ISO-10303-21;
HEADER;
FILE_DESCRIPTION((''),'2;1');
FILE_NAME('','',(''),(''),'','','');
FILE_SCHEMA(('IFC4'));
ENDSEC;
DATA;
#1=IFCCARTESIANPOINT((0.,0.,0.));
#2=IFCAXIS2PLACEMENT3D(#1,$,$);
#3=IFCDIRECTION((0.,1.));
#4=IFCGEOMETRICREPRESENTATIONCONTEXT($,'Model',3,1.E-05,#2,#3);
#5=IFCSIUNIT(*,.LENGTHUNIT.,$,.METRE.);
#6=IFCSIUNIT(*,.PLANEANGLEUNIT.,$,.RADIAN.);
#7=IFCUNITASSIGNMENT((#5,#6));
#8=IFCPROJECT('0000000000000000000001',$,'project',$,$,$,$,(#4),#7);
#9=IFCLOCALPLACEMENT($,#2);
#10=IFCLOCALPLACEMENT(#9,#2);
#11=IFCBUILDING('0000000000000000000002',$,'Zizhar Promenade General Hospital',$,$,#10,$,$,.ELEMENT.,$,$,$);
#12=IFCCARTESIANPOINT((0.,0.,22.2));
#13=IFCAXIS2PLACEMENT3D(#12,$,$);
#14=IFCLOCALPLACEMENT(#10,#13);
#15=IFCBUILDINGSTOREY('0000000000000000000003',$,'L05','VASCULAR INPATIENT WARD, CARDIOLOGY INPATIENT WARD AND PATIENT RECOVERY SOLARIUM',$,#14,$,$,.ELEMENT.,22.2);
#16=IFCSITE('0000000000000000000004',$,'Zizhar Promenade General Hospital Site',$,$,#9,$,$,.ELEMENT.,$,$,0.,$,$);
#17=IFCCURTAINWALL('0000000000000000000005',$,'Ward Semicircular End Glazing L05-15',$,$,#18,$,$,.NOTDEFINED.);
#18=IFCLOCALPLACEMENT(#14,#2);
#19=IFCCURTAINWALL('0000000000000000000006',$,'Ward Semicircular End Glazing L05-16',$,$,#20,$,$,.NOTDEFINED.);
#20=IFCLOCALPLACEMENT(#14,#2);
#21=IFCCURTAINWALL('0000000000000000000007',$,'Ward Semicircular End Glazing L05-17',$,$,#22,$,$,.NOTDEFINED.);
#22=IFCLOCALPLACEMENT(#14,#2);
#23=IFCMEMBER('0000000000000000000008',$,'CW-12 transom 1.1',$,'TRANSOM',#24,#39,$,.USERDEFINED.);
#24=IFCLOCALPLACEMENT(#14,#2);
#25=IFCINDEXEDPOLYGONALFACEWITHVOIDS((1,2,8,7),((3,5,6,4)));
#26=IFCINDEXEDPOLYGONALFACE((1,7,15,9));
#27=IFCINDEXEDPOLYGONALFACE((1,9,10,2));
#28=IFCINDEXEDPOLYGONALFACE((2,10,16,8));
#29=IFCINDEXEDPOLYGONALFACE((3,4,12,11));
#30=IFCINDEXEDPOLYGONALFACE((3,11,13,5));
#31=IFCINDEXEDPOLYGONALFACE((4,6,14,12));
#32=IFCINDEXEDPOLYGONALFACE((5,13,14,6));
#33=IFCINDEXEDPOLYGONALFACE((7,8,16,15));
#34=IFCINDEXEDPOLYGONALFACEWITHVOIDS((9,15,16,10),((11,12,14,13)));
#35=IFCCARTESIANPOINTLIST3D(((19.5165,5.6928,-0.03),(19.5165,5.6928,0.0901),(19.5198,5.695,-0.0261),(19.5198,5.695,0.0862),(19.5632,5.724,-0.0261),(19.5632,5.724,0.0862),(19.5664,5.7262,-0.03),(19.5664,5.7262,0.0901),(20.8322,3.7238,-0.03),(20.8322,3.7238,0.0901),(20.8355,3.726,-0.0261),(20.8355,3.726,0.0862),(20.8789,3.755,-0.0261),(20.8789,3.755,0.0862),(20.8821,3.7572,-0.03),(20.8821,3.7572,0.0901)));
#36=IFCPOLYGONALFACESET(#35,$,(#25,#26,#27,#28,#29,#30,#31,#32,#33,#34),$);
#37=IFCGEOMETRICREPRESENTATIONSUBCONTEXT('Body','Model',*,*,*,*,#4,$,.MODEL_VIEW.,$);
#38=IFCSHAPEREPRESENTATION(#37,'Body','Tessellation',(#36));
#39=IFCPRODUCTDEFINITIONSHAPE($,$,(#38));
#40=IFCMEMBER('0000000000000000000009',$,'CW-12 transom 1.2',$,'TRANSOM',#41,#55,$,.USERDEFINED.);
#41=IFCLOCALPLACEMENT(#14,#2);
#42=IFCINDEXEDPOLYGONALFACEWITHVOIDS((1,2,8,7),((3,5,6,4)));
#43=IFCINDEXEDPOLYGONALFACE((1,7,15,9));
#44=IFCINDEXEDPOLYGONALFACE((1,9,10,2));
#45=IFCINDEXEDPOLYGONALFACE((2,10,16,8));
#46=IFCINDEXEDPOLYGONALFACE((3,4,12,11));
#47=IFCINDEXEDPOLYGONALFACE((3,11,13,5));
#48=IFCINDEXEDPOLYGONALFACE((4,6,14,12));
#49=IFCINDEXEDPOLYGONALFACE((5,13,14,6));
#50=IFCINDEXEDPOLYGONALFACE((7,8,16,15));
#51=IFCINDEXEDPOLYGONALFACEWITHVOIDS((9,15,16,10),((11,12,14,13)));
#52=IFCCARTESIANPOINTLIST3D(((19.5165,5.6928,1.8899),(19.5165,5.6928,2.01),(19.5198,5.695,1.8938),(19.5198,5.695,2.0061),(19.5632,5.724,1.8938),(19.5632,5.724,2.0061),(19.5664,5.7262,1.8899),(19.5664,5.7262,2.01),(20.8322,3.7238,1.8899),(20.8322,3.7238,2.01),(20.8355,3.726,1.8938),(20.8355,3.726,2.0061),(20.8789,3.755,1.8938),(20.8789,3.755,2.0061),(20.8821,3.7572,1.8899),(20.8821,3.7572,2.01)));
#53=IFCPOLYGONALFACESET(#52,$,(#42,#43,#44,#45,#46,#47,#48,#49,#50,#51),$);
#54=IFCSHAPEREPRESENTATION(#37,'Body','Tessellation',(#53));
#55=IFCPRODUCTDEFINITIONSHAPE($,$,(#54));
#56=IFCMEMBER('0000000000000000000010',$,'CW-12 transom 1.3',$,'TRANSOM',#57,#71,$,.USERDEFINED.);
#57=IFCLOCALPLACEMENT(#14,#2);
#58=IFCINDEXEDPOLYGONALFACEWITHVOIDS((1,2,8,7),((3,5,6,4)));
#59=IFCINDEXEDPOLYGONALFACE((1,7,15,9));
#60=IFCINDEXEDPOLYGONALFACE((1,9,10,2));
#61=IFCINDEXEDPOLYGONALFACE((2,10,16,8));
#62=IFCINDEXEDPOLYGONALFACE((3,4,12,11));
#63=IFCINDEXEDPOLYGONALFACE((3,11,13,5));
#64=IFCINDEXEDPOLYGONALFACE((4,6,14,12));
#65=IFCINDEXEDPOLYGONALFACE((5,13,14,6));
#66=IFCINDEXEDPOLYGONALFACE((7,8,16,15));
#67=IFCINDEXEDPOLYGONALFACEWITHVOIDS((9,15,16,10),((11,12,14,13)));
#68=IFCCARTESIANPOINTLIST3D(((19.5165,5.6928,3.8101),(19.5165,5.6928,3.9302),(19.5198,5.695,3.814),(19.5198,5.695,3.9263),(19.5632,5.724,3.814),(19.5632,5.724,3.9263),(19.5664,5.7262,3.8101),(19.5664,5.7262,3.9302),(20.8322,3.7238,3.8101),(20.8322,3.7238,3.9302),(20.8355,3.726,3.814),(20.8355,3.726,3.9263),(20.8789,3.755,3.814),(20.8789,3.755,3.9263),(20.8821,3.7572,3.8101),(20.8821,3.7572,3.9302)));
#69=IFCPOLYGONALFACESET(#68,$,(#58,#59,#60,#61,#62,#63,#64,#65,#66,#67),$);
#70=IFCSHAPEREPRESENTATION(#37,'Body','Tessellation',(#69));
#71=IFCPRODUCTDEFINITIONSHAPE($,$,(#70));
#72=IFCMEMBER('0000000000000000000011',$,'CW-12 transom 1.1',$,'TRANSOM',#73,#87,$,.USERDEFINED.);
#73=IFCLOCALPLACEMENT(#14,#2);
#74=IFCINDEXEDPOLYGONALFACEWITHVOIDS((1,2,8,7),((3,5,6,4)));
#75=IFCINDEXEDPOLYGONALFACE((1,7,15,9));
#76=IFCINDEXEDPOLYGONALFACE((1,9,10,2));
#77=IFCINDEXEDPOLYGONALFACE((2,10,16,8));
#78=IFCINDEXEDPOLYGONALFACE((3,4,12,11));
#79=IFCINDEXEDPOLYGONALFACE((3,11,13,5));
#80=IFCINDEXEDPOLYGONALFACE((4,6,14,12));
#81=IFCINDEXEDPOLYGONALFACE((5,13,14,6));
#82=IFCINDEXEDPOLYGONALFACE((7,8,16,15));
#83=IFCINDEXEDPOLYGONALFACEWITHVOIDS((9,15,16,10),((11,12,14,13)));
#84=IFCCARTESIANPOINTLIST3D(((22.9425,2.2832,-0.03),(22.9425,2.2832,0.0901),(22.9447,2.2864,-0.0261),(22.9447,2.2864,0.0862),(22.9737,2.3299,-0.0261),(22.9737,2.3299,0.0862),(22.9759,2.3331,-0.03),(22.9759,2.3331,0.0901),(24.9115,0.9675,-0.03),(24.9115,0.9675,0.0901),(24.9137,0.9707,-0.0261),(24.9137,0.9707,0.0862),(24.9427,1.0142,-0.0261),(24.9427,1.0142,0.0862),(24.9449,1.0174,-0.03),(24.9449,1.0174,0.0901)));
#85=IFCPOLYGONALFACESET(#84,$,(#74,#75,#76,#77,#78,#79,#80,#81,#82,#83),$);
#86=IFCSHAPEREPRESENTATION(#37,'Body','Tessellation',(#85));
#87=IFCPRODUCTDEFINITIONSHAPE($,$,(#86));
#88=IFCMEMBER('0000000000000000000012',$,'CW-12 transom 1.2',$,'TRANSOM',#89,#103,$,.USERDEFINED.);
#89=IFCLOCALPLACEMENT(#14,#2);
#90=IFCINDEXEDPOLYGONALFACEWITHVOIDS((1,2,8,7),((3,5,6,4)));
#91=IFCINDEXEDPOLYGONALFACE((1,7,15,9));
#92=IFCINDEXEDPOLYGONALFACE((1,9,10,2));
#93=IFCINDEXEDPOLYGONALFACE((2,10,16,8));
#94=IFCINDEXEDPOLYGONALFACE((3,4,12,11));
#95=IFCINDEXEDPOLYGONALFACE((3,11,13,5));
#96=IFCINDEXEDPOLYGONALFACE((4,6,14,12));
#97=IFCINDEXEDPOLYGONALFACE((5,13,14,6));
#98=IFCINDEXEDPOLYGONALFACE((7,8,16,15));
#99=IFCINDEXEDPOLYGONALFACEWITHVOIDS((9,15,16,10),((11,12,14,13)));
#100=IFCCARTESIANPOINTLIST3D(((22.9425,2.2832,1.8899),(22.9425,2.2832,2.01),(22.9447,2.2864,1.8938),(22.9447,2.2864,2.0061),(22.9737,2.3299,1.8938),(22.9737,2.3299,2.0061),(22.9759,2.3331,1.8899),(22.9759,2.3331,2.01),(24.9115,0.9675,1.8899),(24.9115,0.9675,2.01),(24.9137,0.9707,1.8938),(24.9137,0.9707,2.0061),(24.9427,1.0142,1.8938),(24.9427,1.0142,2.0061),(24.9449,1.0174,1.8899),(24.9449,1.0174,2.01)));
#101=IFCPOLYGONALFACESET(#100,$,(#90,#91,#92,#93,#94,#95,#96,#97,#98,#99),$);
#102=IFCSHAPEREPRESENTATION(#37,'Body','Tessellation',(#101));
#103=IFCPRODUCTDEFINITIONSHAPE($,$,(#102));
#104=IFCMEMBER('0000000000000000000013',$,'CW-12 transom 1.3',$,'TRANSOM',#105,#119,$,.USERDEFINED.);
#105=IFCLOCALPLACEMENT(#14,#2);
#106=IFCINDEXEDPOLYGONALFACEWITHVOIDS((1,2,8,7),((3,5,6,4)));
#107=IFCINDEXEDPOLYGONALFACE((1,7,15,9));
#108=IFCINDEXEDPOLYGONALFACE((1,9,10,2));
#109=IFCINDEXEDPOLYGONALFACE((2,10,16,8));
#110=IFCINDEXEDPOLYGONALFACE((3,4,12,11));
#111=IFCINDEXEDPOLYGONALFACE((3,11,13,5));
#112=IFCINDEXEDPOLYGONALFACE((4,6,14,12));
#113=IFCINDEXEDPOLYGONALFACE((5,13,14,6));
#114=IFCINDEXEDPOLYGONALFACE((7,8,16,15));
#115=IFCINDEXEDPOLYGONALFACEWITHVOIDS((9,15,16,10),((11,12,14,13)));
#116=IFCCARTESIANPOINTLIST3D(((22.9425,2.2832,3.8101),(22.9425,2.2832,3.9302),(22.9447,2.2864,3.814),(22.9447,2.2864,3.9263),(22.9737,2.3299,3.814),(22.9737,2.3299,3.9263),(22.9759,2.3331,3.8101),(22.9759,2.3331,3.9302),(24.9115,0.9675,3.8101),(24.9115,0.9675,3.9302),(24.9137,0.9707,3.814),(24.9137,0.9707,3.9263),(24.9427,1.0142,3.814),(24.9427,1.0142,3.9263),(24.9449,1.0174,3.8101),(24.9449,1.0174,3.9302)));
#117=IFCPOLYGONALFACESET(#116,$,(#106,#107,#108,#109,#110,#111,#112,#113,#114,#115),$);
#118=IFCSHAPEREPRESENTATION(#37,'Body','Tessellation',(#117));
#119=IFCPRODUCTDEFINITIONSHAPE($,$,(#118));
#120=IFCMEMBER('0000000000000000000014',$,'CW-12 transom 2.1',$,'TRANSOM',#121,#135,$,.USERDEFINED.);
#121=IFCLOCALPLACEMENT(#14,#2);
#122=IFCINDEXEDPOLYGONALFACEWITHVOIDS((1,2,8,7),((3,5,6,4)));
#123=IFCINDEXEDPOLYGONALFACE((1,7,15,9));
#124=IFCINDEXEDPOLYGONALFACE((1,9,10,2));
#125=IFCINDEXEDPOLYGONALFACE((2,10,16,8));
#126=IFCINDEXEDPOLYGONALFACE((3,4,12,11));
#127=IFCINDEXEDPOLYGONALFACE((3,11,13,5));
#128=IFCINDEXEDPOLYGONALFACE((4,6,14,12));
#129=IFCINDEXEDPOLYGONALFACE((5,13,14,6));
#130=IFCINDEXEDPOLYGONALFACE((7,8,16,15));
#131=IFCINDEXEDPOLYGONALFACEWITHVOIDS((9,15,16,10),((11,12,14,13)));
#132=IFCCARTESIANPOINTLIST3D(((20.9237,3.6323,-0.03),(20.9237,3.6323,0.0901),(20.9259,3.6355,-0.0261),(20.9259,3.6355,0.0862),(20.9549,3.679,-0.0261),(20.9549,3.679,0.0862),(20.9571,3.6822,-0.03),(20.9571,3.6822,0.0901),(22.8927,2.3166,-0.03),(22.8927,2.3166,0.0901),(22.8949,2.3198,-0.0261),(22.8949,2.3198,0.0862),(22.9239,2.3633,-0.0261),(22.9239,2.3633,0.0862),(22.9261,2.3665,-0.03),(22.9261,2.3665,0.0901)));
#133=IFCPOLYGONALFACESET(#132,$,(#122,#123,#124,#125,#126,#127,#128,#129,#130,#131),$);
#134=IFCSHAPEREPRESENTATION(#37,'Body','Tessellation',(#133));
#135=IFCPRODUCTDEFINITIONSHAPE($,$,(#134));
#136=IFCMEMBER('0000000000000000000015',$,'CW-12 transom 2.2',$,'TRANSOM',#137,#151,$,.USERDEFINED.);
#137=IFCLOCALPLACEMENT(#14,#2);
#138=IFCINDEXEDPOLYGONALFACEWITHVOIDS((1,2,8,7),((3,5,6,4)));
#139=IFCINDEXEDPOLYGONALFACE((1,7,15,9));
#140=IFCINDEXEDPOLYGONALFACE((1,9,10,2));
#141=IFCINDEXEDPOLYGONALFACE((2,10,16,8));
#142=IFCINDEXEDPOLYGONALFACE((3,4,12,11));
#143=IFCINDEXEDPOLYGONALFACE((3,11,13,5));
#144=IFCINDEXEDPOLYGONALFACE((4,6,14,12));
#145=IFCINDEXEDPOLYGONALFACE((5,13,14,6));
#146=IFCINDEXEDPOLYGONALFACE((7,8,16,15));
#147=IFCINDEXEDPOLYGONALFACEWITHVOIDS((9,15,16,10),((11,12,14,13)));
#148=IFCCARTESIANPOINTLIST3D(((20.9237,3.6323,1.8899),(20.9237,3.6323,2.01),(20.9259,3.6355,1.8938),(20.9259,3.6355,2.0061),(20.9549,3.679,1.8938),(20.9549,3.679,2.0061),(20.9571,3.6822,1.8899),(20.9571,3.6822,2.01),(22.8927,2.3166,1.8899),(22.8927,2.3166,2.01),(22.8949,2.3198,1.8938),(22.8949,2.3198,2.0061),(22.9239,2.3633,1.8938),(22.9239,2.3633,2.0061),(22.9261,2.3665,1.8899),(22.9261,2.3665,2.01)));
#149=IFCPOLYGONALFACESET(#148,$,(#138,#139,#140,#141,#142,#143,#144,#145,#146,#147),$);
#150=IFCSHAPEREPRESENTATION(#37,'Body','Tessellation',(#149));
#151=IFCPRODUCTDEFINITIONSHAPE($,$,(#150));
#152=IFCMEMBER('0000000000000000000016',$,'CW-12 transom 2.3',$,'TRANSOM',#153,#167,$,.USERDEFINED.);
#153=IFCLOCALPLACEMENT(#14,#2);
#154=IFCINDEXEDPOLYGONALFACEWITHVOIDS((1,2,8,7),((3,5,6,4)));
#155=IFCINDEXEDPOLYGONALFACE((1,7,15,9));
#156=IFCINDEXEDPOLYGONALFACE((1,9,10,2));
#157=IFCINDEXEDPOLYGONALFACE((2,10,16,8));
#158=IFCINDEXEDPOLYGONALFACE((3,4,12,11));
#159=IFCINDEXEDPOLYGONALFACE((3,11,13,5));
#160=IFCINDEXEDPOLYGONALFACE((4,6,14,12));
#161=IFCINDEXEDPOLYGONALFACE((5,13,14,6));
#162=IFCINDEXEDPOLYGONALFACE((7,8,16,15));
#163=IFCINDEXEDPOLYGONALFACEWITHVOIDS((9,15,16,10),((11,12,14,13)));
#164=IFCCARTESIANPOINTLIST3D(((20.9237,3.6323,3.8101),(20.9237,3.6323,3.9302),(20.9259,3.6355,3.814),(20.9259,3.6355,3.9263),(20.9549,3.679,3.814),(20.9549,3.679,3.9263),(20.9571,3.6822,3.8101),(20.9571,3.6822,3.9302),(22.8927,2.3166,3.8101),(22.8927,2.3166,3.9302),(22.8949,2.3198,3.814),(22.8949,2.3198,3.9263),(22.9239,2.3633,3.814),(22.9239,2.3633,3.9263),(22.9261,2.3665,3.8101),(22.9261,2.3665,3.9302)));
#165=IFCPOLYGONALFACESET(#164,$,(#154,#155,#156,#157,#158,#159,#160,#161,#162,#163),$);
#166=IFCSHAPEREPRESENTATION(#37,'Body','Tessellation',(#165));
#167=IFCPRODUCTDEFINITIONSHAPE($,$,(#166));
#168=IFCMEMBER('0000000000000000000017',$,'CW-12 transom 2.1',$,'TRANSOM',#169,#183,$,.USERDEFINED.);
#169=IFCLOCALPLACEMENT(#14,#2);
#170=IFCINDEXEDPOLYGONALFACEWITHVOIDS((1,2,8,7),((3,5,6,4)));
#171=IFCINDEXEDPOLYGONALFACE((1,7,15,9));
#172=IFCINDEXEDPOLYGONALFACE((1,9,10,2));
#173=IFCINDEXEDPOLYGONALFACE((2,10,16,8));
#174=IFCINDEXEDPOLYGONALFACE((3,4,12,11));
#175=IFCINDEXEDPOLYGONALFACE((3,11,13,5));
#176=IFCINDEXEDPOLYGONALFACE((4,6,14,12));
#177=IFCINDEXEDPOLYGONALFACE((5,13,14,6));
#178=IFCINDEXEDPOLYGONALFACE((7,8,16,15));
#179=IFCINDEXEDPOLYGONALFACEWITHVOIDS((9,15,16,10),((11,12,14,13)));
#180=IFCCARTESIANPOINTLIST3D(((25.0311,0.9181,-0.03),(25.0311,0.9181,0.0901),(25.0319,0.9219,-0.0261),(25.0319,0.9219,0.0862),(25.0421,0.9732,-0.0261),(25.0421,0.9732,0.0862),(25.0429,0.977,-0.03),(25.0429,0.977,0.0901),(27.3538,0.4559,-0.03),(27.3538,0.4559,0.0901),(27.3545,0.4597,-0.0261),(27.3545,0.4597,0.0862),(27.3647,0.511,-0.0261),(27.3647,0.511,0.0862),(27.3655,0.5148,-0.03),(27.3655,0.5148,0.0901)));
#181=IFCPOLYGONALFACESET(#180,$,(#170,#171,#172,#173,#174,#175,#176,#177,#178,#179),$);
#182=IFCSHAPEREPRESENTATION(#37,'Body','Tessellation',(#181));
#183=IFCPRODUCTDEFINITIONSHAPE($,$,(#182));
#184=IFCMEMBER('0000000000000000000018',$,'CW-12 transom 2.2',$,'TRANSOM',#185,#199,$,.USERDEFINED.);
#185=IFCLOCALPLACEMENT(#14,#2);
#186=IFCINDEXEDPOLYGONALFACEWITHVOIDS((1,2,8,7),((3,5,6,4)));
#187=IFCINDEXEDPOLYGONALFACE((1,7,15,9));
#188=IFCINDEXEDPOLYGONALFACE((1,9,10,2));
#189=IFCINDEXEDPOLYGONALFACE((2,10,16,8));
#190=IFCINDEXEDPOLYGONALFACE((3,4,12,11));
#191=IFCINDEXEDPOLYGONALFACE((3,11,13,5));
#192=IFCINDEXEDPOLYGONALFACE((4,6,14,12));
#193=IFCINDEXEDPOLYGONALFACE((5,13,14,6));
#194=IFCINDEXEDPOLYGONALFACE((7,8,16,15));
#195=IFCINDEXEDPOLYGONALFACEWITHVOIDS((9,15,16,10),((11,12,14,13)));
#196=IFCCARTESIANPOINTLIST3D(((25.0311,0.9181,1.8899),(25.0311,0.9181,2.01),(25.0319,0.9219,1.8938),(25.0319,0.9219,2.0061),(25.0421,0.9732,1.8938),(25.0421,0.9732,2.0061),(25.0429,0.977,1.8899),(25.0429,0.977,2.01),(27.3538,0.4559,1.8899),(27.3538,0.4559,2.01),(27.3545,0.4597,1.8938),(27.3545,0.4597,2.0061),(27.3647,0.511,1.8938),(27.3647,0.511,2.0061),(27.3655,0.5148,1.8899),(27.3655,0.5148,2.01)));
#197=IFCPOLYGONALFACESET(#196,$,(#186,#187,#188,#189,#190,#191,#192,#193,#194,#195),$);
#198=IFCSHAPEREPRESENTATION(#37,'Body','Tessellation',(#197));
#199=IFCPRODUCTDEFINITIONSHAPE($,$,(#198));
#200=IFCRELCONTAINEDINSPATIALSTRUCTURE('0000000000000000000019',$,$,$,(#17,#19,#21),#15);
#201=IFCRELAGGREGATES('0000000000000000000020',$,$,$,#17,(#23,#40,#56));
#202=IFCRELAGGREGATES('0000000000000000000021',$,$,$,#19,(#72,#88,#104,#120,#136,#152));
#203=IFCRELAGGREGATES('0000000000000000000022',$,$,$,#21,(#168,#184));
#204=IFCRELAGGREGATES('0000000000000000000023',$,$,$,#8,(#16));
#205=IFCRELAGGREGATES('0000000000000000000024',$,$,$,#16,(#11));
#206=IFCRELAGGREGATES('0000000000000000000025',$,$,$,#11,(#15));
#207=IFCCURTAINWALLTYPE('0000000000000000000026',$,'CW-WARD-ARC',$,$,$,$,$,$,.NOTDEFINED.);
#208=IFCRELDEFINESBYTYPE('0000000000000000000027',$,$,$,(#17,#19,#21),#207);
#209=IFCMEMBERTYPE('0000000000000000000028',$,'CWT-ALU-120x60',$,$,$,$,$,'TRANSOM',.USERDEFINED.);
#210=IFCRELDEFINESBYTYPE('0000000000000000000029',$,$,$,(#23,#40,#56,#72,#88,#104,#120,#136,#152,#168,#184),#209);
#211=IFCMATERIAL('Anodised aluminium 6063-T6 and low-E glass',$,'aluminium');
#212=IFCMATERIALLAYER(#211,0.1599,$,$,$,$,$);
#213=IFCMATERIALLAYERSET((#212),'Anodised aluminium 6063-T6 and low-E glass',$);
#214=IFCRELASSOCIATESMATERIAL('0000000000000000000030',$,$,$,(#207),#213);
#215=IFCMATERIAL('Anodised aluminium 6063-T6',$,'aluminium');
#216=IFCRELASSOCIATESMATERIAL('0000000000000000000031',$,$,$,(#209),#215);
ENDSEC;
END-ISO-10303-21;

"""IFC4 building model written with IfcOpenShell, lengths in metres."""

from ifc_helpers import new_model, si_unit, direction, frame, origin, origin_2d, place, context, subcontext, project, spatial, hollow_rectangle, extrude, material, layer, layer_set, material_profile, profile_set, type_object, element, aggregate, save


model = new_model("IFC4")

# Units and contexts
model_context = context("Model", 3, precision=1e-05, world=origin(), true_north=direction((0.0, 1.0)))
body_context = subcontext(model_context, "Body", "Model", "MODEL_VIEW")
ifc_project = project(units=[si_unit("LENGTHUNIT", "METRE"), si_unit("PLANEANGLEUNIT", "RADIAN")], contexts=[model_context])

# Site, building, storey
site_placement = place(None, origin())
site = spatial("IfcSite", under=ifc_project, at=site_placement, Name="Zizhar Promenade General Hospital Site", CompositionType="ELEMENT", RefElevation=0.0)
building_placement = place(site_placement, origin())
building = spatial("IfcBuilding", under=site, at=building_placement, Name="Zizhar Promenade General Hospital", CompositionType="ELEMENT")
storey_placement = place(building_placement, frame((0.0, 0.0, 22.2)))
storey = spatial("IfcBuildingStorey", under=building, at=storey_placement, Name="L05", Description="VASCULAR INPATIENT WARD, CARDIOLOGY INPATIENT WARD AND PATIENT RECOVERY SOLARIUM", CompositionType="ELEMENT", Elevation=22.2)

# Curtain wall
ifc_material_1 = material(Name="Anodised aluminium 6063-T6 and low-E glass", Category="aluminium")
ifc_layer_1 = layer(ifc_material_1, 0.1599)
ifc_layer_set_1 = layer_set([ifc_layer_1], Name="Anodised aluminium 6063-T6 and low-E glass")
curtain_wall_type = type_object("IfcCurtainWallType", Name="CW-WARD-ARC", PredefinedType="NOTDEFINED", material=ifc_layer_set_1)
curtain_wall_1_placement = place(storey_placement, origin())
curtain_wall_1 = element("IfcCurtainWall", 1, at=curtain_wall_1_placement, inside=storey, type_object=curtain_wall_type, Name="Ward Semicircular End Glazing L05-15", PredefinedType="NOTDEFINED")

# Curtain walls
curtain_wall_2_placement = place(storey_placement, origin())
curtain_wall_2 = element("IfcCurtainWall", 2, at=curtain_wall_2_placement, inside=storey, type_object=curtain_wall_type, Name="Ward Semicircular End Glazing L05-16", PredefinedType="NOTDEFINED")
curtain_wall_3_placement = place(storey_placement, origin())
curtain_wall_3 = element("IfcCurtainWall", 3, at=curtain_wall_3_placement, inside=storey, type_object=curtain_wall_type, Name="Ward Semicircular End Glazing L05-17", PredefinedType="NOTDEFINED")

# Members
ifc_material_2 = material(Name="Anodised aluminium 6063-T6", Category="aluminium")
ifc_material_profile_1 = material_profile(ifc_material_2, hollow_rectangle(XDim=0.0601, YDim=0.1201, WallThickness=0.0039, at=origin_2d()))
ifc_profile_set_1 = profile_set([ifc_material_profile_1], Name="Anodised aluminium 6063-T6")
member_type_1 = type_object("IfcMemberType", Name="CWT-ALU-120x60", ElementType="TRANSOM", PredefinedType="USERDEFINED", material=ifc_profile_set_1)
member_1_placement = place(storey_placement, frame((20.8572, 3.7405, 0.03), z_axis=(-0.55558, 0.831463, 0.0), x_axis=(-0.831463, -0.55558, 0.0)))
member_1 = element("IfcMember", 4, at=member_1_placement, type_object=member_type_1, Name="CW-12 transom 1.1", ObjectType="TRANSOM", PredefinedType="USERDEFINED", context=body_context, shape_type="SweptSolid", body=[
    extrude(hollow_rectangle(XDim=0.0601, YDim=0.1201, WallThickness=0.0039, at=origin_2d()), origin(), (0.0, 0.0, 1.0), 2.3682),
])
member_2_placement = place(storey_placement, frame((20.8572, 3.7405, 1.95), z_axis=(-0.55558, 0.831463, 0.0), x_axis=(-0.831463, -0.55558, 0.0)))
member_2 = element("IfcMember", 5, at=member_2_placement, type_object=member_type_1, Name="CW-12 transom 1.2", ObjectType="TRANSOM", PredefinedType="USERDEFINED", context=body_context, shape_type="SweptSolid", body=[
    extrude(hollow_rectangle(XDim=0.0601, YDim=0.1201, WallThickness=0.0039, at=origin_2d()), origin(), (0.0, 0.0, 1.0), 2.3682),
])
member_3_placement = place(storey_placement, frame((20.8572, 3.7405, 3.8701), z_axis=(-0.55558, 0.831463, 0.0), x_axis=(-0.831463, -0.55558, 0.0)))
member_3 = element("IfcMember", 6, at=member_3_placement, type_object=member_type_1, Name="CW-12 transom 1.3", ObjectType="TRANSOM", PredefinedType="USERDEFINED", context=body_context, shape_type="SweptSolid", body=[
    extrude(hollow_rectangle(XDim=0.0601, YDim=0.1201, WallThickness=0.0039, at=origin_2d()), origin(), (0.0, 0.0, 1.0), 2.3682),
])
aggregate(curtain_wall_1, [member_1, member_2, member_3])
member_4_placement = place(storey_placement, frame((24.9282, 0.9924, 0.03), z_axis=(-0.831463, 0.55558, 0.0), x_axis=(-0.55558, -0.831463, 0.0)))
member_4 = element("IfcMember", 7, at=member_4_placement, type_object=member_type_1, Name="CW-12 transom 1.1", ObjectType="TRANSOM", PredefinedType="USERDEFINED", context=body_context, shape_type="SweptSolid", body=[
    extrude(hollow_rectangle(XDim=0.0601, YDim=0.1201, WallThickness=0.0039, at=origin_2d()), origin(), (0.0, 0.0, 1.0), 2.3682),
])
member_5_placement = place(storey_placement, frame((24.9282, 0.9924, 1.95), z_axis=(-0.831463, 0.55558, 0.0), x_axis=(-0.55558, -0.831463, 0.0)))
member_5 = element("IfcMember", 8, at=member_5_placement, type_object=member_type_1, Name="CW-12 transom 1.2", ObjectType="TRANSOM", PredefinedType="USERDEFINED", context=body_context, shape_type="SweptSolid", body=[
    extrude(hollow_rectangle(XDim=0.0601, YDim=0.1201, WallThickness=0.0039, at=origin_2d()), origin(), (0.0, 0.0, 1.0), 2.3682),
])
member_6_placement = place(storey_placement, frame((24.9282, 0.9924, 3.8701), z_axis=(-0.831463, 0.55558, 0.0), x_axis=(-0.55558, -0.831463, 0.0)))
member_6 = element("IfcMember", 9, at=member_6_placement, type_object=member_type_1, Name="CW-12 transom 1.3", ObjectType="TRANSOM", PredefinedType="USERDEFINED", context=body_context, shape_type="SweptSolid", body=[
    extrude(hollow_rectangle(XDim=0.0601, YDim=0.1201, WallThickness=0.0039, at=origin_2d()), origin(), (0.0, 0.0, 1.0), 2.3682),
])
member_7_placement = place(storey_placement, frame((22.9094, 2.3416, 0.03), z_axis=(-0.831463, 0.55558, 0.0), x_axis=(-0.55558, -0.831463, 0.0)))
member_7 = element("IfcMember", 10, at=member_7_placement, type_object=member_type_1, Name="CW-12 transom 2.1", ObjectType="TRANSOM", PredefinedType="USERDEFINED", context=body_context, shape_type="SweptSolid", body=[
    extrude(hollow_rectangle(XDim=0.0601, YDim=0.1201, WallThickness=0.0039, at=origin_2d()), origin(), (0.0, 0.0, 1.0), 2.3682),
])
member_8_placement = place(storey_placement, frame((22.9094, 2.3416, 1.95), z_axis=(-0.831463, 0.55558, 0.0), x_axis=(-0.55558, -0.831463, 0.0)))
member_8 = element("IfcMember", 11, at=member_8_placement, type_object=member_type_1, Name="CW-12 transom 2.2", ObjectType="TRANSOM", PredefinedType="USERDEFINED", context=body_context, shape_type="SweptSolid", body=[
    extrude(hollow_rectangle(XDim=0.0601, YDim=0.1201, WallThickness=0.0039, at=origin_2d()), origin(), (0.0, 0.0, 1.0), 2.3682),
])
member_9_placement = place(storey_placement, frame((22.9094, 2.3416, 3.8701), z_axis=(-0.831463, 0.55558, 0.0), x_axis=(-0.55558, -0.831463, 0.0)))
member_9 = element("IfcMember", 12, at=member_9_placement, type_object=member_type_1, Name="CW-12 transom 2.3", ObjectType="TRANSOM", PredefinedType="USERDEFINED", context=body_context, shape_type="SweptSolid", body=[
    extrude(hollow_rectangle(XDim=0.0601, YDim=0.1201, WallThickness=0.0039, at=origin_2d()), origin(), (0.0, 0.0, 1.0), 2.3682),
])
member_10_placement = place(storey_placement, frame((27.3596, 0.4854, 0.03), z_axis=(-0.980771, 0.195164, 0.0), x_axis=(-0.195164, -0.980771, 0.0)))
member_10 = element("IfcMember", 13, at=member_10_placement, type_object=member_type_1, Name="CW-12 transom 2.1", ObjectType="TRANSOM", PredefinedType="USERDEFINED", context=body_context, shape_type="SweptSolid", body=[
    extrude(hollow_rectangle(XDim=0.0601, YDim=0.1201, WallThickness=0.0039, at=origin_2d()), origin(), (0.0, 0.0, 1.0), 2.3682),
])
member_11_placement = place(storey_placement, frame((27.3596, 0.4854, 1.95), z_axis=(-0.980771, 0.195164, 0.0), x_axis=(-0.195164, -0.980771, 0.0)))
member_11 = element("IfcMember", 14, at=member_11_placement, type_object=member_type_1, Name="CW-12 transom 2.2", ObjectType="TRANSOM", PredefinedType="USERDEFINED", context=body_context, shape_type="SweptSolid", body=[
    extrude(hollow_rectangle(XDim=0.0601, YDim=0.1201, WallThickness=0.0039, at=origin_2d()), origin(), (0.0, 0.0, 1.0), 2.3682),
])

aggregate(curtain_wall_2, [member_4, member_5, member_6, member_7, member_8, member_9])
aggregate(curtain_wall_3, [member_10, member_11])

save(model, "model.ifc")
